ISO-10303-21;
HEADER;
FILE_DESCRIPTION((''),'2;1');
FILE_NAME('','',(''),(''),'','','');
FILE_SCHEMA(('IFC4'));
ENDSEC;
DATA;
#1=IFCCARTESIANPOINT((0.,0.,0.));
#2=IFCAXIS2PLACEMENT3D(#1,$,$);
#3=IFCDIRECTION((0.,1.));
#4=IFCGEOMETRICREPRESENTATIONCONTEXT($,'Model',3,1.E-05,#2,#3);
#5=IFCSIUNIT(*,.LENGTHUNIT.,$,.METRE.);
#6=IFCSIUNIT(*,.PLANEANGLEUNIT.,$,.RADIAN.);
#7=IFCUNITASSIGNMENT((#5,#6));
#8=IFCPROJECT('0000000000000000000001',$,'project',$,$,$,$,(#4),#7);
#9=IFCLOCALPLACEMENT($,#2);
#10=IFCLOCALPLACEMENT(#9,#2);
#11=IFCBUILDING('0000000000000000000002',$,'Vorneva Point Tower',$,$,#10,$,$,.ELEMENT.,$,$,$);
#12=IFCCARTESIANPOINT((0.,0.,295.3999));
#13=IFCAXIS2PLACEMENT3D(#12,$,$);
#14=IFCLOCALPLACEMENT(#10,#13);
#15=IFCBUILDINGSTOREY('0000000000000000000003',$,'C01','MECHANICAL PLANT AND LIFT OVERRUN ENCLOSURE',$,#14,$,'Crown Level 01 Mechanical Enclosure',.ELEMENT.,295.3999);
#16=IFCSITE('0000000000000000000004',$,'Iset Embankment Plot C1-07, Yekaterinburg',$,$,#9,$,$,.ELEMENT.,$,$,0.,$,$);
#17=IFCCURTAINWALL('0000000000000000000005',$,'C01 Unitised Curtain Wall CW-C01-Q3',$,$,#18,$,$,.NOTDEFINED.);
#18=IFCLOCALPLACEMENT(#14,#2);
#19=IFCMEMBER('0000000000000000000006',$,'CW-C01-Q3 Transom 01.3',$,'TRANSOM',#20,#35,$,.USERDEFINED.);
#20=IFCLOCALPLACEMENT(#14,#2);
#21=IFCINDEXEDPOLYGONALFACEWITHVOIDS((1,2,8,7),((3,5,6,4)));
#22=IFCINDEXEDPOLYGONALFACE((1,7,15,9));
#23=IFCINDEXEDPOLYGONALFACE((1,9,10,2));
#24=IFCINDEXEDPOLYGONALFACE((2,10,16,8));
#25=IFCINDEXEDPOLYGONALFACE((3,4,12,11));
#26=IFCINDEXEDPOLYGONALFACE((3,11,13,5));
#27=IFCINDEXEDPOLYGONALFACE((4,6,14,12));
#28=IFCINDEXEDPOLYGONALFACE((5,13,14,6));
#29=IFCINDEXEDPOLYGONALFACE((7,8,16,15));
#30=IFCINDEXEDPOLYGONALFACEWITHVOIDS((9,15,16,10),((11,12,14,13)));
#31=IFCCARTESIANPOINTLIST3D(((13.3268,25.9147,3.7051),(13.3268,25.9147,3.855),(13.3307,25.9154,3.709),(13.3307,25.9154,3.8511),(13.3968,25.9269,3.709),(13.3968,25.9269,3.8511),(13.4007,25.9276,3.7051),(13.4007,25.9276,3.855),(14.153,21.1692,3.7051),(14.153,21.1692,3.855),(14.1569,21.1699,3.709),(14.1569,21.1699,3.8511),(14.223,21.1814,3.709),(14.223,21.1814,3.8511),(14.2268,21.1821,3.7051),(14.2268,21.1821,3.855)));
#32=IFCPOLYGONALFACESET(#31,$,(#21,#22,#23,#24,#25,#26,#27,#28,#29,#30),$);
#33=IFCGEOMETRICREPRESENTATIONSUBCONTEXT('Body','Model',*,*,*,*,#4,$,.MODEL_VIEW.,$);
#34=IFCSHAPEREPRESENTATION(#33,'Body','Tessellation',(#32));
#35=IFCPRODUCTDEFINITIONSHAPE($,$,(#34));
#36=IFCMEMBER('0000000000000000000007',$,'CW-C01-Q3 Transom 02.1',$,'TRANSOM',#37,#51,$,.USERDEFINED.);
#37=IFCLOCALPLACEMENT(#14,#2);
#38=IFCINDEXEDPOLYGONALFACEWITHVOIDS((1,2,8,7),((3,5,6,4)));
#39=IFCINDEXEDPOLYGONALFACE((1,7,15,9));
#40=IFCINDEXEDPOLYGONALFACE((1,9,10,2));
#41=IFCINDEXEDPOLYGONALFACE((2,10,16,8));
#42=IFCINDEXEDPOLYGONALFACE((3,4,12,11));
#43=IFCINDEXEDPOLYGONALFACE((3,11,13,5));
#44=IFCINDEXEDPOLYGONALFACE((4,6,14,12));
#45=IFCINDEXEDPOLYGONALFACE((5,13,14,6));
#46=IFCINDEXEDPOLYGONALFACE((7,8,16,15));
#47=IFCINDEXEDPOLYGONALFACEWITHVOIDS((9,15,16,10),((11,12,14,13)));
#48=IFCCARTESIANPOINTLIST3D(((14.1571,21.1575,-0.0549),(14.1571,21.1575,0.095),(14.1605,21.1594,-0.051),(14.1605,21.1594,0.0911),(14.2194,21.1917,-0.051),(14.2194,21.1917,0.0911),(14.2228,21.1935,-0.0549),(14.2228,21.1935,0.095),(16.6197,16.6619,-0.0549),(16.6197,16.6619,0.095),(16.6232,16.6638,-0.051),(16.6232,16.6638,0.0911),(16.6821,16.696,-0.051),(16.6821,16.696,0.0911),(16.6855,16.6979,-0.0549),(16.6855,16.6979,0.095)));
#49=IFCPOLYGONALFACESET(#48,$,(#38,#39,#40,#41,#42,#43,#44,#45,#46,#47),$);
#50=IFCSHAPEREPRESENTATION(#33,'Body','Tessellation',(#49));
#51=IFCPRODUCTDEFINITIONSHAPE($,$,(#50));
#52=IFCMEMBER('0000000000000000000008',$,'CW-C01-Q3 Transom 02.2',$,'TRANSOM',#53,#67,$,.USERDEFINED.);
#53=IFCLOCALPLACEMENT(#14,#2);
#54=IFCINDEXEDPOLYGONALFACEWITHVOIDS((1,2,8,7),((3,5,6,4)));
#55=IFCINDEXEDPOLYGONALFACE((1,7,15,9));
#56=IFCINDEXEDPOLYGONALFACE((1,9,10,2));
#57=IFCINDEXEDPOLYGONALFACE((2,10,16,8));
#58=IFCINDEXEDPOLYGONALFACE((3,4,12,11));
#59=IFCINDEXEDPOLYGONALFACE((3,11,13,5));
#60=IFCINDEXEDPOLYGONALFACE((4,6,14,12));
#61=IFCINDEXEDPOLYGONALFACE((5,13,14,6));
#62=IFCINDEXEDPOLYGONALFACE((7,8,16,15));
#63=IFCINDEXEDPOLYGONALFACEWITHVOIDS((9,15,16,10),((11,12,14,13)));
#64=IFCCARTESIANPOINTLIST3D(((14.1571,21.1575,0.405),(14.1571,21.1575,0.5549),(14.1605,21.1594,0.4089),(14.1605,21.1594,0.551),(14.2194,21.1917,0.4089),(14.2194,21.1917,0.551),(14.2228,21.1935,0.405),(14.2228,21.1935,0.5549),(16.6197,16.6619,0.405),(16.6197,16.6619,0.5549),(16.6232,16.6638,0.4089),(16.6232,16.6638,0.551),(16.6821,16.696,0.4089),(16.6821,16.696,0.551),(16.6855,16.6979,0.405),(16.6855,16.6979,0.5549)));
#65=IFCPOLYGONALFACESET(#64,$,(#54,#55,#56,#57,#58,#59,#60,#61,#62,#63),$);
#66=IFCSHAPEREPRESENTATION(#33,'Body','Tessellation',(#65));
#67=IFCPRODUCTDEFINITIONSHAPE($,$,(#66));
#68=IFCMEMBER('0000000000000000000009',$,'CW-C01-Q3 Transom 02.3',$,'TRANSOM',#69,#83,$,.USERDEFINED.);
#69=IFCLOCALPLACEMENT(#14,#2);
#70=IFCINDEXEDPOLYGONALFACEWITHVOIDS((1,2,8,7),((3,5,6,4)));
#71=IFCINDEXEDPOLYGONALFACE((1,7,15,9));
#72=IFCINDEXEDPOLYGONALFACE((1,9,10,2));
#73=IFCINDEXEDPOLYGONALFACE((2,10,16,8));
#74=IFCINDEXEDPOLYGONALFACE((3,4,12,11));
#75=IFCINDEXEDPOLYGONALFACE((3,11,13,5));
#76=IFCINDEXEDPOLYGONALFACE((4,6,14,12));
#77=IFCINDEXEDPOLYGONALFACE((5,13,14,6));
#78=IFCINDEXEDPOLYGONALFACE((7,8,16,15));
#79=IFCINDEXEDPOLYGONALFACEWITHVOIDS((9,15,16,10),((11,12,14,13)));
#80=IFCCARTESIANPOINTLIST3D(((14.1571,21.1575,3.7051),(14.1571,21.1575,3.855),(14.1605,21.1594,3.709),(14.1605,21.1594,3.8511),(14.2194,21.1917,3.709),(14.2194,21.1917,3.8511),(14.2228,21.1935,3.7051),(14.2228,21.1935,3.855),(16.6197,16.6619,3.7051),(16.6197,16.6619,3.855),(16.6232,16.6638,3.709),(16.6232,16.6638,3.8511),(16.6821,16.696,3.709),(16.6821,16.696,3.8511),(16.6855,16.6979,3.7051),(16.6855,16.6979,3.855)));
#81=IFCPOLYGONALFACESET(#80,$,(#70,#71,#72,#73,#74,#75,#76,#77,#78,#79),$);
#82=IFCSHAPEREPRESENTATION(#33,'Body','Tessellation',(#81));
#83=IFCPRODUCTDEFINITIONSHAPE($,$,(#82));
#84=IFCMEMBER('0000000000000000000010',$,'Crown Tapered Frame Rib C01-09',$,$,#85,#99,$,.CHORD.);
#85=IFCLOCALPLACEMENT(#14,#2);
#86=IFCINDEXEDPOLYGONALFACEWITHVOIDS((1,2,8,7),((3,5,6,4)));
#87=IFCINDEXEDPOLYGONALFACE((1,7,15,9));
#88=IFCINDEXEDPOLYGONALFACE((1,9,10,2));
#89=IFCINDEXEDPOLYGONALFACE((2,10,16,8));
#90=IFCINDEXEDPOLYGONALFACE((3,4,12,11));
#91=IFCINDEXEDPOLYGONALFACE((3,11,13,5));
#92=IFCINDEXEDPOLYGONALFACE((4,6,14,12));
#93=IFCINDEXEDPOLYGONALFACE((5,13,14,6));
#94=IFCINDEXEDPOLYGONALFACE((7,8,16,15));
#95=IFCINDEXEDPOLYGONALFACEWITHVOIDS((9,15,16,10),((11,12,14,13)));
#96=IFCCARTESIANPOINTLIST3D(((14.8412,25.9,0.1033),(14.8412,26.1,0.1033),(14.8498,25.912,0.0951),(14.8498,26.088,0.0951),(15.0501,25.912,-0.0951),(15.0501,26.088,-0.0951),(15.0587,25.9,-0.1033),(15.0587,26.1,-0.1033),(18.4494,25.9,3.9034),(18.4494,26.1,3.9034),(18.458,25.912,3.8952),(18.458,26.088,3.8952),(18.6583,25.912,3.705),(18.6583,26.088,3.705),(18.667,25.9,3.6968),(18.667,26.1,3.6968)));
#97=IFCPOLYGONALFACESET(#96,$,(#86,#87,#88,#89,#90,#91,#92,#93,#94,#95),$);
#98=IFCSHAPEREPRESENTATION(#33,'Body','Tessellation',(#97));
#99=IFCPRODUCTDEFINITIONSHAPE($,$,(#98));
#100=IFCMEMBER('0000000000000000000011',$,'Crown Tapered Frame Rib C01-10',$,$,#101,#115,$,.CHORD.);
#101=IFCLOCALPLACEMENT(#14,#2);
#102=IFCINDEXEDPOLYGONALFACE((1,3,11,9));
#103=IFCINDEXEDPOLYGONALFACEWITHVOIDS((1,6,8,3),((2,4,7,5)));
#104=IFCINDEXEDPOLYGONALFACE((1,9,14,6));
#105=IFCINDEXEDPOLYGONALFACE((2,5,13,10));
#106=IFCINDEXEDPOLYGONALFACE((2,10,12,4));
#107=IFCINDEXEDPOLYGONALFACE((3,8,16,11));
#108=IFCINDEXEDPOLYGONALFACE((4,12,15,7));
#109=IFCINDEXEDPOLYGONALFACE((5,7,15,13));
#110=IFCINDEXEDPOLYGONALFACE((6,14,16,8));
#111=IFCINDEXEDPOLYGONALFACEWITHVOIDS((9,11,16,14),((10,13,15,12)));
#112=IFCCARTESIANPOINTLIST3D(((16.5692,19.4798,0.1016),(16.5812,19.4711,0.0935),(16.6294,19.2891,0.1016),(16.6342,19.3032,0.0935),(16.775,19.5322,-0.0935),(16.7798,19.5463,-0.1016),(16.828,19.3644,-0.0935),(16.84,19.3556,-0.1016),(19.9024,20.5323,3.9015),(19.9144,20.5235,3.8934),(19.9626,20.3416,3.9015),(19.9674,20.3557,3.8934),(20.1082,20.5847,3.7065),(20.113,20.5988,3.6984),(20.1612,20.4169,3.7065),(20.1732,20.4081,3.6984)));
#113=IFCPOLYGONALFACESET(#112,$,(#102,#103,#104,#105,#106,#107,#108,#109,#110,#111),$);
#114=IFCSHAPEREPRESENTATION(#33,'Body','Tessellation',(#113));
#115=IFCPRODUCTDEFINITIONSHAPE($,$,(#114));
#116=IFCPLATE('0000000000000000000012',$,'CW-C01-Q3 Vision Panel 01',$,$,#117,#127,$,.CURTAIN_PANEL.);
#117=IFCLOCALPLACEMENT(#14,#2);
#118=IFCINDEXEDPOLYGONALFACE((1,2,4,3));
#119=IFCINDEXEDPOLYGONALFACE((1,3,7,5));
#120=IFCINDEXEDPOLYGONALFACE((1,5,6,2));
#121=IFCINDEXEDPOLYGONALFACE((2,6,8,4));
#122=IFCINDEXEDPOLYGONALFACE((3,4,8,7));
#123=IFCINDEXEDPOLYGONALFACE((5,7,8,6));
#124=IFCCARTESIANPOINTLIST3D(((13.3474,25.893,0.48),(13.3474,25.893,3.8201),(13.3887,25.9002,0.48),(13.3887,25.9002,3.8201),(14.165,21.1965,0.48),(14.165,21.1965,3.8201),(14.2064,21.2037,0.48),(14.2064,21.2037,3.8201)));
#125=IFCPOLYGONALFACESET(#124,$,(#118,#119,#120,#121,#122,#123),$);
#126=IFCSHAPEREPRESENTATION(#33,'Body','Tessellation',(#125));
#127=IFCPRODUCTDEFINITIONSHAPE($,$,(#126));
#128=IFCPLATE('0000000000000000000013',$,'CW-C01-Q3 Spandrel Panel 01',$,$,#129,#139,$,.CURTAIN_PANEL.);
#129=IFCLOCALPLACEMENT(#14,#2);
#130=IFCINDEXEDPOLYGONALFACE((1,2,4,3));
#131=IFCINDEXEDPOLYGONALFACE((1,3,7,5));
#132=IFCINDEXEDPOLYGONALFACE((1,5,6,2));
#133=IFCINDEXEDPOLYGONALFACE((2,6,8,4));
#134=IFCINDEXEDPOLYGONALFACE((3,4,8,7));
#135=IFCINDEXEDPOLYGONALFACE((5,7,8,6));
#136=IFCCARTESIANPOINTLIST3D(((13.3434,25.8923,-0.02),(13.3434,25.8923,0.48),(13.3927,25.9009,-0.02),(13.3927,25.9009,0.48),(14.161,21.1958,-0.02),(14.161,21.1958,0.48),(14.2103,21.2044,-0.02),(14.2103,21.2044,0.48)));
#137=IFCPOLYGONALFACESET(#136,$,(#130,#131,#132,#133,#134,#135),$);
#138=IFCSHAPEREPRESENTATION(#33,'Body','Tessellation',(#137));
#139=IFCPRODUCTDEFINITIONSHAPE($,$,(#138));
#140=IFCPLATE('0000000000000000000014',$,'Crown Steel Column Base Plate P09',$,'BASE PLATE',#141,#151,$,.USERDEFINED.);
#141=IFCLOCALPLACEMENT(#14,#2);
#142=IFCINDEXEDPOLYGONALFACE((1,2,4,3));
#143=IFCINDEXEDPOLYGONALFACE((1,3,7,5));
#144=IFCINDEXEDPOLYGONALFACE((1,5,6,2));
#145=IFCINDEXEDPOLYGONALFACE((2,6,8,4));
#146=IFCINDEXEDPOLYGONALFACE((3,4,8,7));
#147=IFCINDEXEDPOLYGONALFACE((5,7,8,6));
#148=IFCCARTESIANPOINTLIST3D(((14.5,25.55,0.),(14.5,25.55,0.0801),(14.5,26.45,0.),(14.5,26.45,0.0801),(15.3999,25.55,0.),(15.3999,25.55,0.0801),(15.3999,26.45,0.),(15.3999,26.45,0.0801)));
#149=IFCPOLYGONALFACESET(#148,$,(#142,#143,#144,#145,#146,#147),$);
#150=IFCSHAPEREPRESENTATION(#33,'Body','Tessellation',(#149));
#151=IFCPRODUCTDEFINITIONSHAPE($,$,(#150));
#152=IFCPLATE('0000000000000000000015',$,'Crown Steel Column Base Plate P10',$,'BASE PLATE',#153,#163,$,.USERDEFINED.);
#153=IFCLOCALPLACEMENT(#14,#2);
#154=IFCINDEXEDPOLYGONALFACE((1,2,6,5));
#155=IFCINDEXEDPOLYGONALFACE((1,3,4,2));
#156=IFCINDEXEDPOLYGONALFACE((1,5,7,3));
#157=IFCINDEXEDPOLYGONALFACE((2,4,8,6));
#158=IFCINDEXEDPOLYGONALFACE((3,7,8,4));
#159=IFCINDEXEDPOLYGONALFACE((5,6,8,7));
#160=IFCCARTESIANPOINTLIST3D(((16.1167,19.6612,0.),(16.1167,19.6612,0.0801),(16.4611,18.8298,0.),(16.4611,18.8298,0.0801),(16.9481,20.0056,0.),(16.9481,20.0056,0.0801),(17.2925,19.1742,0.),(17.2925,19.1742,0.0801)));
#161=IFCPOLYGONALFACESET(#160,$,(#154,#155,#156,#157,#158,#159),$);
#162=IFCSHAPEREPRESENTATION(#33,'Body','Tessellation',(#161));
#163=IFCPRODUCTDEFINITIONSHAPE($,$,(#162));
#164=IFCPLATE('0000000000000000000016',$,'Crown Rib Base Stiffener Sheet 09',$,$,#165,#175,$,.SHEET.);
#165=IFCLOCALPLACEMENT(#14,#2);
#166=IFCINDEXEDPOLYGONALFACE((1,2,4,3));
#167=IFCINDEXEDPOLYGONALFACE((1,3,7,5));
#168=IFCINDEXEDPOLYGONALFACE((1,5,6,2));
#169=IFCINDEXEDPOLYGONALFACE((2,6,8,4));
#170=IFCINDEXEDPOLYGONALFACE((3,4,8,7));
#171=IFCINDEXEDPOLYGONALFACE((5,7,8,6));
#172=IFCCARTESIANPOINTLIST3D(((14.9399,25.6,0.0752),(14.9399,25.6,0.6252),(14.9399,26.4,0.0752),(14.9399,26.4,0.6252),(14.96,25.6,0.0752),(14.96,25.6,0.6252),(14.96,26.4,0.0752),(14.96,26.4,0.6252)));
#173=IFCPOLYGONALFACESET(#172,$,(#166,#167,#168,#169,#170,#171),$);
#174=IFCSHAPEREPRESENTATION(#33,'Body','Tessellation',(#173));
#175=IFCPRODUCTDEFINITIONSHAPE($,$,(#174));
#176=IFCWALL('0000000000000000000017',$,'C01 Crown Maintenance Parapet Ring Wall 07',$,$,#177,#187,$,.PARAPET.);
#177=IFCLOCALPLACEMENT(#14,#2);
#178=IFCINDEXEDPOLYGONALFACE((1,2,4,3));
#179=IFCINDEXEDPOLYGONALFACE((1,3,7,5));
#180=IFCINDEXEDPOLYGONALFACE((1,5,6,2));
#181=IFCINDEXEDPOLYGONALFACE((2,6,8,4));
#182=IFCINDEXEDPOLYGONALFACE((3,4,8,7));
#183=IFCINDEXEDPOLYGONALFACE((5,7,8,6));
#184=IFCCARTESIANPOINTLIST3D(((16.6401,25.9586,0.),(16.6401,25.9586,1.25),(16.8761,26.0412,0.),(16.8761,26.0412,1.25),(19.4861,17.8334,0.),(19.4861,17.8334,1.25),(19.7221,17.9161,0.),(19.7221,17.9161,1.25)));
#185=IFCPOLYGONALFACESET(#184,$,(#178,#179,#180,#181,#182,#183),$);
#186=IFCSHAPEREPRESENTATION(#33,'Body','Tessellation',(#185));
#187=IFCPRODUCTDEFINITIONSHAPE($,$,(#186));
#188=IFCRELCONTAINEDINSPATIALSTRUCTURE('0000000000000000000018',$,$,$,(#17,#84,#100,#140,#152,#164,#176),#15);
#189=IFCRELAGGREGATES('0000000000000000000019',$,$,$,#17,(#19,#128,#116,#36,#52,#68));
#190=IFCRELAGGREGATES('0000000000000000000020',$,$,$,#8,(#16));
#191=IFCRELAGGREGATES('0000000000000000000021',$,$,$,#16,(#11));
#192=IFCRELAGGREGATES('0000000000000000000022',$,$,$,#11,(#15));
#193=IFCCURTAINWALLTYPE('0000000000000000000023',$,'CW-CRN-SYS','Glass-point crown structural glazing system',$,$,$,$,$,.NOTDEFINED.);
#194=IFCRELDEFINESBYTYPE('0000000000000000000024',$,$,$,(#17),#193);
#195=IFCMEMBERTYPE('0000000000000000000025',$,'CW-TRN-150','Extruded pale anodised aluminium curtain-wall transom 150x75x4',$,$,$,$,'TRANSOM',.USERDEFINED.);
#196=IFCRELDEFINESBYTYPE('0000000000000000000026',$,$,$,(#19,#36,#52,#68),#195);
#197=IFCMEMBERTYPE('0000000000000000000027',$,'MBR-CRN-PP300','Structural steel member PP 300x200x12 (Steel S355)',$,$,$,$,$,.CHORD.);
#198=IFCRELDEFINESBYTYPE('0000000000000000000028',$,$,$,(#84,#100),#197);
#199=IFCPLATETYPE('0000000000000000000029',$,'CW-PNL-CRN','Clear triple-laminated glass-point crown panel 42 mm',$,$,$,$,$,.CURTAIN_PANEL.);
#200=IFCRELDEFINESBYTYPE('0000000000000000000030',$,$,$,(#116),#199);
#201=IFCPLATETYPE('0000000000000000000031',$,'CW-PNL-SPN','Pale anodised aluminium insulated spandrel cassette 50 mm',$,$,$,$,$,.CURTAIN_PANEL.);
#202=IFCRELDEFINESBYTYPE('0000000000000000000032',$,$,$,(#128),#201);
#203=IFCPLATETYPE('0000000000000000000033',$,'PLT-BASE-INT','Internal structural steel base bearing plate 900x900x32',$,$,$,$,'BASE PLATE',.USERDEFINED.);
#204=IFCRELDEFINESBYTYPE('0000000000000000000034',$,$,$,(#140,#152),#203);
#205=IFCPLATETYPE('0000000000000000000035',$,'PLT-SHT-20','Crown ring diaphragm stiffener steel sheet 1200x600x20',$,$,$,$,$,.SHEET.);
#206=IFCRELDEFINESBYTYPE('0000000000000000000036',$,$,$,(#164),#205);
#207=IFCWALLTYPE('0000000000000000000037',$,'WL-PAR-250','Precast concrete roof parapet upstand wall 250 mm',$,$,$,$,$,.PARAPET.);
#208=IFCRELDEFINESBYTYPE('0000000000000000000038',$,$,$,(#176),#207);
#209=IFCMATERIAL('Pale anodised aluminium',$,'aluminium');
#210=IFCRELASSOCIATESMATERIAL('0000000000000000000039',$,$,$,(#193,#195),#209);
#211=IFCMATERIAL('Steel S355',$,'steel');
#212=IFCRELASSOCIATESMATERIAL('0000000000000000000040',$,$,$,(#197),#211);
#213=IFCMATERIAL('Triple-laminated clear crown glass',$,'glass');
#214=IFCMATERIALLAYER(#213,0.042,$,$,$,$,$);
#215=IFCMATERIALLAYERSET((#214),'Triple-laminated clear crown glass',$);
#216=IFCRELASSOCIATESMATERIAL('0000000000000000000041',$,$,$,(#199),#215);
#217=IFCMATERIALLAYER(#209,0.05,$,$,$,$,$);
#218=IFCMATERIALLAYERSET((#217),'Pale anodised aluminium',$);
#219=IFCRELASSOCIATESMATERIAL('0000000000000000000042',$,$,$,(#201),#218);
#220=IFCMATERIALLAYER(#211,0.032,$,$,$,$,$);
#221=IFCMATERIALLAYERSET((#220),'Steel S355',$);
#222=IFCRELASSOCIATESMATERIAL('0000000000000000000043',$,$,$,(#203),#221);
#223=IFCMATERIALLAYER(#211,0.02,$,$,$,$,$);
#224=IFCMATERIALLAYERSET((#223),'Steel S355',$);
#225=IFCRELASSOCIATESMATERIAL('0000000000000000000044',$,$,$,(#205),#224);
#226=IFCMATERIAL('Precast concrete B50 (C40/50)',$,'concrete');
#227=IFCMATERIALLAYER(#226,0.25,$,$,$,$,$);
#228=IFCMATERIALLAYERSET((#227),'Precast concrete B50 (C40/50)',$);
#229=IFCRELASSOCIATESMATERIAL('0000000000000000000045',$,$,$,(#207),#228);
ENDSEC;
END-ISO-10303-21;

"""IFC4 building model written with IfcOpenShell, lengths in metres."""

from ifc_helpers import new_model, si_unit, direction, frame, frame_2d, origin, origin_2d, place, context, subcontext, project, spatial, rectangle, hollow_rectangle, extrude, material, layer, layer_set, material_profile, profile_set, type_object, element, aggregate, save


model = new_model("IFC4")

# Units and contexts
model_context = context("Model", 3, precision=1e-05, world=origin(), true_north=direction((0.0, 1.0)))
body_context = subcontext(model_context, "Body", "Model", "MODEL_VIEW")
ifc_project = project(units=[si_unit("LENGTHUNIT", "METRE"), si_unit("PLANEANGLEUNIT", "RADIAN")], contexts=[model_context])

# Site, building, storey
site_placement = place(None, origin())
site = spatial("IfcSite", under=ifc_project, at=site_placement, Name="Iset Embankment Plot C1-07, Yekaterinburg", CompositionType="ELEMENT", RefElevation=0.0)
building_placement = place(site_placement, origin())
building = spatial("IfcBuilding", under=site, at=building_placement, Name="Vorneva Point Tower", CompositionType="ELEMENT")
storey_placement = place(building_placement, frame((0.0, 0.0, 295.3999)))
storey = spatial("IfcBuildingStorey", under=building, at=storey_placement, Name="C01", Description="MECHANICAL PLANT AND LIFT OVERRUN ENCLOSURE", LongName="Crown Level 01 Mechanical Enclosure", CompositionType="ELEMENT", Elevation=295.3999)

# Shared definitions
ifc_material_1 = material(Name="Steel S355", Category="steel")

# Curtain wall, members
ifc_material_2 = material(Name="Pale anodised aluminium", Category="aluminium")
curtain_wall_type = type_object("IfcCurtainWallType", Name="CW-CRN-SYS", Description="Glass-point crown structural glazing system", PredefinedType="NOTDEFINED", material=ifc_material_2)
curtain_wall_placement = place(storey_placement, origin())
curtain_wall = element("IfcCurtainWall", 1, at=curtain_wall_placement, inside=storey, type_object=curtain_wall_type, Name="C01 Unitised Curtain Wall CW-C01-Q3", PredefinedType="NOTDEFINED")
ifc_material_profile_1 = material_profile(ifc_material_2, hollow_rectangle(XDim=0.075, YDim=0.1499, WallThickness=0.0039, at=origin_2d()), Name="AL-TRN 150x75x4")
ifc_profile_set_1 = profile_set([ifc_material_profile_1], Name="Pale anodised aluminium")
member_type_1 = type_object("IfcMemberType", Name="CW-TRN-150", Description="Extruded pale anodised aluminium curtain-wall transom 150x75x4", ElementType="TRANSOM", PredefinedType="USERDEFINED", material=ifc_profile_set_1)
member_1_placement = place(storey_placement, frame((13.3638, 25.9211, 3.78), z_axis=(0.171512, -0.985182, 0.0), x_axis=(0.985182, 0.171512, 0.0)))
member_1 = element("IfcMember", 2, at=member_1_placement, type_object=member_type_1, Name="CW-C01-Q3 Transom 01.3", ObjectType="TRANSOM", PredefinedType="USERDEFINED", context=body_context, shape_type="SweptSolid", body=[
    extrude(hollow_rectangle(XDim=0.075, YDim=0.1499, WallThickness=0.0039, at=origin_2d()), origin(), (0.0, 0.0, 1.0), 4.8169),
])
member_2_placement = place(storey_placement, frame((14.1899, 21.1755, 0.02), z_axis=(0.48043, -0.877033, 0.0), x_axis=(0.877033, 0.48043, 0.0)))
member_2 = element("IfcMember", 3, at=member_2_placement, type_object=member_type_1, Name="CW-C01-Q3 Transom 02.1", ObjectType="TRANSOM", PredefinedType="USERDEFINED", context=body_context, shape_type="SweptSolid", body=[
    extrude(hollow_rectangle(XDim=0.075, YDim=0.1499, WallThickness=0.0039, at=origin_2d()), origin(), (0.0, 0.0, 1.0), 5.126),
])
member_3_placement = place(storey_placement, frame((14.1899, 21.1755, 0.48), z_axis=(0.48043, -0.877033, 0.0), x_axis=(0.877033, 0.48043, 0.0)))
member_3 = element("IfcMember", 4, at=member_3_placement, type_object=member_type_1, Name="CW-C01-Q3 Transom 02.2", ObjectType="TRANSOM", PredefinedType="USERDEFINED", context=body_context, shape_type="SweptSolid", body=[
    extrude(hollow_rectangle(XDim=0.075, YDim=0.1499, WallThickness=0.0039, at=origin_2d()), origin(), (0.0, 0.0, 1.0), 5.126),
])
member_4_placement = place(storey_placement, frame((14.1899, 21.1755, 3.78), z_axis=(0.48043, -0.877033, 0.0), x_axis=(0.877033, 0.48043, 0.0)))
member_4 = element("IfcMember", 5, at=member_4_placement, type_object=member_type_1, Name="CW-C01-Q3 Transom 02.3", ObjectType="TRANSOM", PredefinedType="USERDEFINED", context=body_context, shape_type="SweptSolid", body=[
    extrude(hollow_rectangle(XDim=0.075, YDim=0.1499, WallThickness=0.0039, at=origin_2d()), origin(), (0.0, 0.0, 1.0), 5.126),
])

# Members
ifc_material_profile_2 = material_profile(ifc_material_1, hollow_rectangle(XDim=0.2, YDim=0.3, WallThickness=0.012, at=origin_2d()), Name="PP 300x200x12")
ifc_profile_set_2 = profile_set([ifc_material_profile_2], Name="Steel S355")
member_type_2 = type_object("IfcMemberType", Name="MBR-CRN-PP300", Description="Structural steel member PP 300x200x12 (Steel S355)", PredefinedType="CHORD", material=ifc_profile_set_2)
member_5_placement = place(storey_placement, frame((14.95, 26.0, 0.0), z_axis=(0.68856, 0.0, 0.72518), x_axis=(0.0, 1.0, 0.0)))
element("IfcMember", 6, at=member_5_placement, inside=storey, type_object=member_type_2, Name="Crown Tapered Frame Rib C01-09", PredefinedType="CHORD", context=body_context, shape_type="SweptSolid", body=[
    extrude(hollow_rectangle(XDim=0.2, YDim=0.3, WallThickness=0.012, at=origin_2d()), origin(), (0.0, 0.0, 1.0), 5.2402),
])
member_6_placement = place(storey_placement, frame((16.7046, 19.4177, 0.0), z_axis=(0.645578, 0.203844, 0.735987), x_axis=(-0.301101, 0.953592, 0.0)))
element("IfcMember", 7, at=member_6_placement, inside=storey, type_object=member_type_2, Name="Crown Tapered Frame Rib C01-10", PredefinedType="CHORD", context=body_context, shape_type="SweptSolid", body=[
    extrude(hollow_rectangle(XDim=0.2, YDim=0.3, WallThickness=0.012, at=origin_2d()), origin(), (0.0, 0.0, 1.0), 5.1631),
])

# Plates
ifc_material_3 = material(Name="Triple-laminated clear crown glass", Category="glass")
ifc_layer_1 = layer(ifc_material_3, 0.042)
ifc_layer_set_1 = layer_set([ifc_layer_1], Name="Triple-laminated clear crown glass")
plate_type_1 = type_object("IfcPlateType", Name="CW-PNL-CRN", Description="Clear triple-laminated glass-point crown panel 42 mm", PredefinedType="CURTAIN_PANEL", material=ifc_layer_set_1)
plate_1_placement = place(storey_placement, frame((13.7769, 23.5483, 0.48), z_axis=(0.0, 0.0, 1.0), x_axis=(0.171516, -0.985181, 0.0)))
plate_1 = element("IfcPlate", 8, at=plate_1_placement, type_object=plate_type_1, Name="CW-C01-Q3 Vision Panel 01", PredefinedType="CURTAIN_PANEL", context=body_context, shape_type="SweptSolid", body=[
    extrude(rectangle(XDim=4.7671, YDim=0.042, at=origin_2d()), origin(), (0.0, 0.0, 1.0), 3.3401),
])
ifc_layer_2 = layer(ifc_material_2, 0.05)
ifc_layer_set_2 = layer_set([ifc_layer_2], Name="Pale anodised aluminium")
plate_type_2 = type_object("IfcPlateType", Name="CW-PNL-SPN", Description="Pale anodised aluminium insulated spandrel cassette 50 mm", PredefinedType="CURTAIN_PANEL", material=ifc_layer_set_2)
plate_2_placement = place(storey_placement, frame((13.7769, 23.5483, -0.02), z_axis=(0.0, 0.0, 1.0), x_axis=(0.171516, -0.985181, 0.0)))
plate_2 = element("IfcPlate", 9, at=plate_2_placement, type_object=plate_type_2, Name="CW-C01-Q3 Spandrel Panel 01", PredefinedType="CURTAIN_PANEL", context=body_context, shape_type="SweptSolid", body=[
    extrude(rectangle(XDim=4.7671, YDim=0.05, at=origin_2d()), origin(), (0.0, 0.0, 1.0), 0.5),
])
aggregate(curtain_wall, [member_1, plate_2, plate_1, member_2, member_3, member_4])

# Plates
ifc_layer_3 = layer(ifc_material_1, 0.032)
ifc_layer_set_3 = layer_set([ifc_layer_3], Name="Steel S355")
plate_type_3 = type_object("IfcPlateType", Name="PLT-BASE-INT", Description="Internal structural steel base bearing plate 900x900x32", ElementType="BASE PLATE", PredefinedType="USERDEFINED", material=ifc_layer_set_3)
for number, where, z_axis, x_axis, name in (
    (10, (14.95, 26.0, 0.0), (0.0, 0.0, 1.0), (-1.0, 0.0, 0.0), "Crown Steel Column Base Plate P09"),
    (11, (16.7046, 19.4177, 0.0), (0.0, 0.0, 1.0), (-0.92388, -0.382683, 0.0), "Crown Steel Column Base Plate P10"),
):
    element("IfcPlate", number, at=place(storey_placement, frame(where, z_axis=z_axis, x_axis=x_axis)), inside=storey, type_object=plate_type_3, Name=name, ObjectType="BASE PLATE", PredefinedType="USERDEFINED", context=body_context, shape_type="SweptSolid", body=[
        extrude(rectangle(XDim=0.8999, YDim=0.8999, at=origin_2d()), origin(), (0.0, 0.0, 1.0), 0.0801),
    ])
ifc_layer_4 = layer(ifc_material_1, 0.02)
ifc_layer_set_4 = layer_set([ifc_layer_4], Name="Steel S355")
plate_type_4 = type_object("IfcPlateType", Name="PLT-SHT-20", Description="Crown ring diaphragm stiffener steel sheet 1200x600x20", PredefinedType="SHEET", material=ifc_layer_set_4)
plate_3_placement = place(storey_placement, frame((14.95, 26.0, 0.0752), z_axis=(0.0, 0.0, 1.0), x_axis=(0.0, -1.0, 0.0)))
element("IfcPlate", 12, at=plate_3_placement, inside=storey, type_object=plate_type_4, Name="Crown Rib Base Stiffener Sheet 09", PredefinedType="SHEET", context=body_context, shape_type="SweptSolid", body=[
    extrude(rectangle(XDim=0.8, YDim=0.02, at=origin_2d()), origin(), (0.0, 0.0, 1.0), 0.55),
])

# Wall
ifc_material_4 = material(Name="Precast concrete B50 (C40/50)", Category="concrete")
ifc_layer_5 = layer(ifc_material_4, 0.25)
ifc_layer_set_5 = layer_set([ifc_layer_5], Name="Precast concrete B50 (C40/50)")
wall_type = type_object("IfcWallType", Name="WL-PAR-250", Description="Precast concrete roof parapet upstand wall 250 mm", PredefinedType="PARAPET", material=ifc_layer_set_5)
wall_placement = place(storey_placement, frame((16.7581, 26.0, 0.0), z_axis=(0.0, 0.0, 1.0), x_axis=(0.330578, -0.943779, 0.0)))
element("IfcWall", 13, at=wall_placement, inside=storey, type_object=wall_type, Name="C01 Crown Maintenance Parapet Ring Wall 07", PredefinedType="PARAPET", context=body_context, shape_type="SweptSolid", body=[
    extrude(rectangle(XDim=8.6091, YDim=0.25, at=frame_2d((4.3047, 0.0))), origin(), (0.0, 0.0, 1.0), 1.25),
])

save(model, "model.ifc")
